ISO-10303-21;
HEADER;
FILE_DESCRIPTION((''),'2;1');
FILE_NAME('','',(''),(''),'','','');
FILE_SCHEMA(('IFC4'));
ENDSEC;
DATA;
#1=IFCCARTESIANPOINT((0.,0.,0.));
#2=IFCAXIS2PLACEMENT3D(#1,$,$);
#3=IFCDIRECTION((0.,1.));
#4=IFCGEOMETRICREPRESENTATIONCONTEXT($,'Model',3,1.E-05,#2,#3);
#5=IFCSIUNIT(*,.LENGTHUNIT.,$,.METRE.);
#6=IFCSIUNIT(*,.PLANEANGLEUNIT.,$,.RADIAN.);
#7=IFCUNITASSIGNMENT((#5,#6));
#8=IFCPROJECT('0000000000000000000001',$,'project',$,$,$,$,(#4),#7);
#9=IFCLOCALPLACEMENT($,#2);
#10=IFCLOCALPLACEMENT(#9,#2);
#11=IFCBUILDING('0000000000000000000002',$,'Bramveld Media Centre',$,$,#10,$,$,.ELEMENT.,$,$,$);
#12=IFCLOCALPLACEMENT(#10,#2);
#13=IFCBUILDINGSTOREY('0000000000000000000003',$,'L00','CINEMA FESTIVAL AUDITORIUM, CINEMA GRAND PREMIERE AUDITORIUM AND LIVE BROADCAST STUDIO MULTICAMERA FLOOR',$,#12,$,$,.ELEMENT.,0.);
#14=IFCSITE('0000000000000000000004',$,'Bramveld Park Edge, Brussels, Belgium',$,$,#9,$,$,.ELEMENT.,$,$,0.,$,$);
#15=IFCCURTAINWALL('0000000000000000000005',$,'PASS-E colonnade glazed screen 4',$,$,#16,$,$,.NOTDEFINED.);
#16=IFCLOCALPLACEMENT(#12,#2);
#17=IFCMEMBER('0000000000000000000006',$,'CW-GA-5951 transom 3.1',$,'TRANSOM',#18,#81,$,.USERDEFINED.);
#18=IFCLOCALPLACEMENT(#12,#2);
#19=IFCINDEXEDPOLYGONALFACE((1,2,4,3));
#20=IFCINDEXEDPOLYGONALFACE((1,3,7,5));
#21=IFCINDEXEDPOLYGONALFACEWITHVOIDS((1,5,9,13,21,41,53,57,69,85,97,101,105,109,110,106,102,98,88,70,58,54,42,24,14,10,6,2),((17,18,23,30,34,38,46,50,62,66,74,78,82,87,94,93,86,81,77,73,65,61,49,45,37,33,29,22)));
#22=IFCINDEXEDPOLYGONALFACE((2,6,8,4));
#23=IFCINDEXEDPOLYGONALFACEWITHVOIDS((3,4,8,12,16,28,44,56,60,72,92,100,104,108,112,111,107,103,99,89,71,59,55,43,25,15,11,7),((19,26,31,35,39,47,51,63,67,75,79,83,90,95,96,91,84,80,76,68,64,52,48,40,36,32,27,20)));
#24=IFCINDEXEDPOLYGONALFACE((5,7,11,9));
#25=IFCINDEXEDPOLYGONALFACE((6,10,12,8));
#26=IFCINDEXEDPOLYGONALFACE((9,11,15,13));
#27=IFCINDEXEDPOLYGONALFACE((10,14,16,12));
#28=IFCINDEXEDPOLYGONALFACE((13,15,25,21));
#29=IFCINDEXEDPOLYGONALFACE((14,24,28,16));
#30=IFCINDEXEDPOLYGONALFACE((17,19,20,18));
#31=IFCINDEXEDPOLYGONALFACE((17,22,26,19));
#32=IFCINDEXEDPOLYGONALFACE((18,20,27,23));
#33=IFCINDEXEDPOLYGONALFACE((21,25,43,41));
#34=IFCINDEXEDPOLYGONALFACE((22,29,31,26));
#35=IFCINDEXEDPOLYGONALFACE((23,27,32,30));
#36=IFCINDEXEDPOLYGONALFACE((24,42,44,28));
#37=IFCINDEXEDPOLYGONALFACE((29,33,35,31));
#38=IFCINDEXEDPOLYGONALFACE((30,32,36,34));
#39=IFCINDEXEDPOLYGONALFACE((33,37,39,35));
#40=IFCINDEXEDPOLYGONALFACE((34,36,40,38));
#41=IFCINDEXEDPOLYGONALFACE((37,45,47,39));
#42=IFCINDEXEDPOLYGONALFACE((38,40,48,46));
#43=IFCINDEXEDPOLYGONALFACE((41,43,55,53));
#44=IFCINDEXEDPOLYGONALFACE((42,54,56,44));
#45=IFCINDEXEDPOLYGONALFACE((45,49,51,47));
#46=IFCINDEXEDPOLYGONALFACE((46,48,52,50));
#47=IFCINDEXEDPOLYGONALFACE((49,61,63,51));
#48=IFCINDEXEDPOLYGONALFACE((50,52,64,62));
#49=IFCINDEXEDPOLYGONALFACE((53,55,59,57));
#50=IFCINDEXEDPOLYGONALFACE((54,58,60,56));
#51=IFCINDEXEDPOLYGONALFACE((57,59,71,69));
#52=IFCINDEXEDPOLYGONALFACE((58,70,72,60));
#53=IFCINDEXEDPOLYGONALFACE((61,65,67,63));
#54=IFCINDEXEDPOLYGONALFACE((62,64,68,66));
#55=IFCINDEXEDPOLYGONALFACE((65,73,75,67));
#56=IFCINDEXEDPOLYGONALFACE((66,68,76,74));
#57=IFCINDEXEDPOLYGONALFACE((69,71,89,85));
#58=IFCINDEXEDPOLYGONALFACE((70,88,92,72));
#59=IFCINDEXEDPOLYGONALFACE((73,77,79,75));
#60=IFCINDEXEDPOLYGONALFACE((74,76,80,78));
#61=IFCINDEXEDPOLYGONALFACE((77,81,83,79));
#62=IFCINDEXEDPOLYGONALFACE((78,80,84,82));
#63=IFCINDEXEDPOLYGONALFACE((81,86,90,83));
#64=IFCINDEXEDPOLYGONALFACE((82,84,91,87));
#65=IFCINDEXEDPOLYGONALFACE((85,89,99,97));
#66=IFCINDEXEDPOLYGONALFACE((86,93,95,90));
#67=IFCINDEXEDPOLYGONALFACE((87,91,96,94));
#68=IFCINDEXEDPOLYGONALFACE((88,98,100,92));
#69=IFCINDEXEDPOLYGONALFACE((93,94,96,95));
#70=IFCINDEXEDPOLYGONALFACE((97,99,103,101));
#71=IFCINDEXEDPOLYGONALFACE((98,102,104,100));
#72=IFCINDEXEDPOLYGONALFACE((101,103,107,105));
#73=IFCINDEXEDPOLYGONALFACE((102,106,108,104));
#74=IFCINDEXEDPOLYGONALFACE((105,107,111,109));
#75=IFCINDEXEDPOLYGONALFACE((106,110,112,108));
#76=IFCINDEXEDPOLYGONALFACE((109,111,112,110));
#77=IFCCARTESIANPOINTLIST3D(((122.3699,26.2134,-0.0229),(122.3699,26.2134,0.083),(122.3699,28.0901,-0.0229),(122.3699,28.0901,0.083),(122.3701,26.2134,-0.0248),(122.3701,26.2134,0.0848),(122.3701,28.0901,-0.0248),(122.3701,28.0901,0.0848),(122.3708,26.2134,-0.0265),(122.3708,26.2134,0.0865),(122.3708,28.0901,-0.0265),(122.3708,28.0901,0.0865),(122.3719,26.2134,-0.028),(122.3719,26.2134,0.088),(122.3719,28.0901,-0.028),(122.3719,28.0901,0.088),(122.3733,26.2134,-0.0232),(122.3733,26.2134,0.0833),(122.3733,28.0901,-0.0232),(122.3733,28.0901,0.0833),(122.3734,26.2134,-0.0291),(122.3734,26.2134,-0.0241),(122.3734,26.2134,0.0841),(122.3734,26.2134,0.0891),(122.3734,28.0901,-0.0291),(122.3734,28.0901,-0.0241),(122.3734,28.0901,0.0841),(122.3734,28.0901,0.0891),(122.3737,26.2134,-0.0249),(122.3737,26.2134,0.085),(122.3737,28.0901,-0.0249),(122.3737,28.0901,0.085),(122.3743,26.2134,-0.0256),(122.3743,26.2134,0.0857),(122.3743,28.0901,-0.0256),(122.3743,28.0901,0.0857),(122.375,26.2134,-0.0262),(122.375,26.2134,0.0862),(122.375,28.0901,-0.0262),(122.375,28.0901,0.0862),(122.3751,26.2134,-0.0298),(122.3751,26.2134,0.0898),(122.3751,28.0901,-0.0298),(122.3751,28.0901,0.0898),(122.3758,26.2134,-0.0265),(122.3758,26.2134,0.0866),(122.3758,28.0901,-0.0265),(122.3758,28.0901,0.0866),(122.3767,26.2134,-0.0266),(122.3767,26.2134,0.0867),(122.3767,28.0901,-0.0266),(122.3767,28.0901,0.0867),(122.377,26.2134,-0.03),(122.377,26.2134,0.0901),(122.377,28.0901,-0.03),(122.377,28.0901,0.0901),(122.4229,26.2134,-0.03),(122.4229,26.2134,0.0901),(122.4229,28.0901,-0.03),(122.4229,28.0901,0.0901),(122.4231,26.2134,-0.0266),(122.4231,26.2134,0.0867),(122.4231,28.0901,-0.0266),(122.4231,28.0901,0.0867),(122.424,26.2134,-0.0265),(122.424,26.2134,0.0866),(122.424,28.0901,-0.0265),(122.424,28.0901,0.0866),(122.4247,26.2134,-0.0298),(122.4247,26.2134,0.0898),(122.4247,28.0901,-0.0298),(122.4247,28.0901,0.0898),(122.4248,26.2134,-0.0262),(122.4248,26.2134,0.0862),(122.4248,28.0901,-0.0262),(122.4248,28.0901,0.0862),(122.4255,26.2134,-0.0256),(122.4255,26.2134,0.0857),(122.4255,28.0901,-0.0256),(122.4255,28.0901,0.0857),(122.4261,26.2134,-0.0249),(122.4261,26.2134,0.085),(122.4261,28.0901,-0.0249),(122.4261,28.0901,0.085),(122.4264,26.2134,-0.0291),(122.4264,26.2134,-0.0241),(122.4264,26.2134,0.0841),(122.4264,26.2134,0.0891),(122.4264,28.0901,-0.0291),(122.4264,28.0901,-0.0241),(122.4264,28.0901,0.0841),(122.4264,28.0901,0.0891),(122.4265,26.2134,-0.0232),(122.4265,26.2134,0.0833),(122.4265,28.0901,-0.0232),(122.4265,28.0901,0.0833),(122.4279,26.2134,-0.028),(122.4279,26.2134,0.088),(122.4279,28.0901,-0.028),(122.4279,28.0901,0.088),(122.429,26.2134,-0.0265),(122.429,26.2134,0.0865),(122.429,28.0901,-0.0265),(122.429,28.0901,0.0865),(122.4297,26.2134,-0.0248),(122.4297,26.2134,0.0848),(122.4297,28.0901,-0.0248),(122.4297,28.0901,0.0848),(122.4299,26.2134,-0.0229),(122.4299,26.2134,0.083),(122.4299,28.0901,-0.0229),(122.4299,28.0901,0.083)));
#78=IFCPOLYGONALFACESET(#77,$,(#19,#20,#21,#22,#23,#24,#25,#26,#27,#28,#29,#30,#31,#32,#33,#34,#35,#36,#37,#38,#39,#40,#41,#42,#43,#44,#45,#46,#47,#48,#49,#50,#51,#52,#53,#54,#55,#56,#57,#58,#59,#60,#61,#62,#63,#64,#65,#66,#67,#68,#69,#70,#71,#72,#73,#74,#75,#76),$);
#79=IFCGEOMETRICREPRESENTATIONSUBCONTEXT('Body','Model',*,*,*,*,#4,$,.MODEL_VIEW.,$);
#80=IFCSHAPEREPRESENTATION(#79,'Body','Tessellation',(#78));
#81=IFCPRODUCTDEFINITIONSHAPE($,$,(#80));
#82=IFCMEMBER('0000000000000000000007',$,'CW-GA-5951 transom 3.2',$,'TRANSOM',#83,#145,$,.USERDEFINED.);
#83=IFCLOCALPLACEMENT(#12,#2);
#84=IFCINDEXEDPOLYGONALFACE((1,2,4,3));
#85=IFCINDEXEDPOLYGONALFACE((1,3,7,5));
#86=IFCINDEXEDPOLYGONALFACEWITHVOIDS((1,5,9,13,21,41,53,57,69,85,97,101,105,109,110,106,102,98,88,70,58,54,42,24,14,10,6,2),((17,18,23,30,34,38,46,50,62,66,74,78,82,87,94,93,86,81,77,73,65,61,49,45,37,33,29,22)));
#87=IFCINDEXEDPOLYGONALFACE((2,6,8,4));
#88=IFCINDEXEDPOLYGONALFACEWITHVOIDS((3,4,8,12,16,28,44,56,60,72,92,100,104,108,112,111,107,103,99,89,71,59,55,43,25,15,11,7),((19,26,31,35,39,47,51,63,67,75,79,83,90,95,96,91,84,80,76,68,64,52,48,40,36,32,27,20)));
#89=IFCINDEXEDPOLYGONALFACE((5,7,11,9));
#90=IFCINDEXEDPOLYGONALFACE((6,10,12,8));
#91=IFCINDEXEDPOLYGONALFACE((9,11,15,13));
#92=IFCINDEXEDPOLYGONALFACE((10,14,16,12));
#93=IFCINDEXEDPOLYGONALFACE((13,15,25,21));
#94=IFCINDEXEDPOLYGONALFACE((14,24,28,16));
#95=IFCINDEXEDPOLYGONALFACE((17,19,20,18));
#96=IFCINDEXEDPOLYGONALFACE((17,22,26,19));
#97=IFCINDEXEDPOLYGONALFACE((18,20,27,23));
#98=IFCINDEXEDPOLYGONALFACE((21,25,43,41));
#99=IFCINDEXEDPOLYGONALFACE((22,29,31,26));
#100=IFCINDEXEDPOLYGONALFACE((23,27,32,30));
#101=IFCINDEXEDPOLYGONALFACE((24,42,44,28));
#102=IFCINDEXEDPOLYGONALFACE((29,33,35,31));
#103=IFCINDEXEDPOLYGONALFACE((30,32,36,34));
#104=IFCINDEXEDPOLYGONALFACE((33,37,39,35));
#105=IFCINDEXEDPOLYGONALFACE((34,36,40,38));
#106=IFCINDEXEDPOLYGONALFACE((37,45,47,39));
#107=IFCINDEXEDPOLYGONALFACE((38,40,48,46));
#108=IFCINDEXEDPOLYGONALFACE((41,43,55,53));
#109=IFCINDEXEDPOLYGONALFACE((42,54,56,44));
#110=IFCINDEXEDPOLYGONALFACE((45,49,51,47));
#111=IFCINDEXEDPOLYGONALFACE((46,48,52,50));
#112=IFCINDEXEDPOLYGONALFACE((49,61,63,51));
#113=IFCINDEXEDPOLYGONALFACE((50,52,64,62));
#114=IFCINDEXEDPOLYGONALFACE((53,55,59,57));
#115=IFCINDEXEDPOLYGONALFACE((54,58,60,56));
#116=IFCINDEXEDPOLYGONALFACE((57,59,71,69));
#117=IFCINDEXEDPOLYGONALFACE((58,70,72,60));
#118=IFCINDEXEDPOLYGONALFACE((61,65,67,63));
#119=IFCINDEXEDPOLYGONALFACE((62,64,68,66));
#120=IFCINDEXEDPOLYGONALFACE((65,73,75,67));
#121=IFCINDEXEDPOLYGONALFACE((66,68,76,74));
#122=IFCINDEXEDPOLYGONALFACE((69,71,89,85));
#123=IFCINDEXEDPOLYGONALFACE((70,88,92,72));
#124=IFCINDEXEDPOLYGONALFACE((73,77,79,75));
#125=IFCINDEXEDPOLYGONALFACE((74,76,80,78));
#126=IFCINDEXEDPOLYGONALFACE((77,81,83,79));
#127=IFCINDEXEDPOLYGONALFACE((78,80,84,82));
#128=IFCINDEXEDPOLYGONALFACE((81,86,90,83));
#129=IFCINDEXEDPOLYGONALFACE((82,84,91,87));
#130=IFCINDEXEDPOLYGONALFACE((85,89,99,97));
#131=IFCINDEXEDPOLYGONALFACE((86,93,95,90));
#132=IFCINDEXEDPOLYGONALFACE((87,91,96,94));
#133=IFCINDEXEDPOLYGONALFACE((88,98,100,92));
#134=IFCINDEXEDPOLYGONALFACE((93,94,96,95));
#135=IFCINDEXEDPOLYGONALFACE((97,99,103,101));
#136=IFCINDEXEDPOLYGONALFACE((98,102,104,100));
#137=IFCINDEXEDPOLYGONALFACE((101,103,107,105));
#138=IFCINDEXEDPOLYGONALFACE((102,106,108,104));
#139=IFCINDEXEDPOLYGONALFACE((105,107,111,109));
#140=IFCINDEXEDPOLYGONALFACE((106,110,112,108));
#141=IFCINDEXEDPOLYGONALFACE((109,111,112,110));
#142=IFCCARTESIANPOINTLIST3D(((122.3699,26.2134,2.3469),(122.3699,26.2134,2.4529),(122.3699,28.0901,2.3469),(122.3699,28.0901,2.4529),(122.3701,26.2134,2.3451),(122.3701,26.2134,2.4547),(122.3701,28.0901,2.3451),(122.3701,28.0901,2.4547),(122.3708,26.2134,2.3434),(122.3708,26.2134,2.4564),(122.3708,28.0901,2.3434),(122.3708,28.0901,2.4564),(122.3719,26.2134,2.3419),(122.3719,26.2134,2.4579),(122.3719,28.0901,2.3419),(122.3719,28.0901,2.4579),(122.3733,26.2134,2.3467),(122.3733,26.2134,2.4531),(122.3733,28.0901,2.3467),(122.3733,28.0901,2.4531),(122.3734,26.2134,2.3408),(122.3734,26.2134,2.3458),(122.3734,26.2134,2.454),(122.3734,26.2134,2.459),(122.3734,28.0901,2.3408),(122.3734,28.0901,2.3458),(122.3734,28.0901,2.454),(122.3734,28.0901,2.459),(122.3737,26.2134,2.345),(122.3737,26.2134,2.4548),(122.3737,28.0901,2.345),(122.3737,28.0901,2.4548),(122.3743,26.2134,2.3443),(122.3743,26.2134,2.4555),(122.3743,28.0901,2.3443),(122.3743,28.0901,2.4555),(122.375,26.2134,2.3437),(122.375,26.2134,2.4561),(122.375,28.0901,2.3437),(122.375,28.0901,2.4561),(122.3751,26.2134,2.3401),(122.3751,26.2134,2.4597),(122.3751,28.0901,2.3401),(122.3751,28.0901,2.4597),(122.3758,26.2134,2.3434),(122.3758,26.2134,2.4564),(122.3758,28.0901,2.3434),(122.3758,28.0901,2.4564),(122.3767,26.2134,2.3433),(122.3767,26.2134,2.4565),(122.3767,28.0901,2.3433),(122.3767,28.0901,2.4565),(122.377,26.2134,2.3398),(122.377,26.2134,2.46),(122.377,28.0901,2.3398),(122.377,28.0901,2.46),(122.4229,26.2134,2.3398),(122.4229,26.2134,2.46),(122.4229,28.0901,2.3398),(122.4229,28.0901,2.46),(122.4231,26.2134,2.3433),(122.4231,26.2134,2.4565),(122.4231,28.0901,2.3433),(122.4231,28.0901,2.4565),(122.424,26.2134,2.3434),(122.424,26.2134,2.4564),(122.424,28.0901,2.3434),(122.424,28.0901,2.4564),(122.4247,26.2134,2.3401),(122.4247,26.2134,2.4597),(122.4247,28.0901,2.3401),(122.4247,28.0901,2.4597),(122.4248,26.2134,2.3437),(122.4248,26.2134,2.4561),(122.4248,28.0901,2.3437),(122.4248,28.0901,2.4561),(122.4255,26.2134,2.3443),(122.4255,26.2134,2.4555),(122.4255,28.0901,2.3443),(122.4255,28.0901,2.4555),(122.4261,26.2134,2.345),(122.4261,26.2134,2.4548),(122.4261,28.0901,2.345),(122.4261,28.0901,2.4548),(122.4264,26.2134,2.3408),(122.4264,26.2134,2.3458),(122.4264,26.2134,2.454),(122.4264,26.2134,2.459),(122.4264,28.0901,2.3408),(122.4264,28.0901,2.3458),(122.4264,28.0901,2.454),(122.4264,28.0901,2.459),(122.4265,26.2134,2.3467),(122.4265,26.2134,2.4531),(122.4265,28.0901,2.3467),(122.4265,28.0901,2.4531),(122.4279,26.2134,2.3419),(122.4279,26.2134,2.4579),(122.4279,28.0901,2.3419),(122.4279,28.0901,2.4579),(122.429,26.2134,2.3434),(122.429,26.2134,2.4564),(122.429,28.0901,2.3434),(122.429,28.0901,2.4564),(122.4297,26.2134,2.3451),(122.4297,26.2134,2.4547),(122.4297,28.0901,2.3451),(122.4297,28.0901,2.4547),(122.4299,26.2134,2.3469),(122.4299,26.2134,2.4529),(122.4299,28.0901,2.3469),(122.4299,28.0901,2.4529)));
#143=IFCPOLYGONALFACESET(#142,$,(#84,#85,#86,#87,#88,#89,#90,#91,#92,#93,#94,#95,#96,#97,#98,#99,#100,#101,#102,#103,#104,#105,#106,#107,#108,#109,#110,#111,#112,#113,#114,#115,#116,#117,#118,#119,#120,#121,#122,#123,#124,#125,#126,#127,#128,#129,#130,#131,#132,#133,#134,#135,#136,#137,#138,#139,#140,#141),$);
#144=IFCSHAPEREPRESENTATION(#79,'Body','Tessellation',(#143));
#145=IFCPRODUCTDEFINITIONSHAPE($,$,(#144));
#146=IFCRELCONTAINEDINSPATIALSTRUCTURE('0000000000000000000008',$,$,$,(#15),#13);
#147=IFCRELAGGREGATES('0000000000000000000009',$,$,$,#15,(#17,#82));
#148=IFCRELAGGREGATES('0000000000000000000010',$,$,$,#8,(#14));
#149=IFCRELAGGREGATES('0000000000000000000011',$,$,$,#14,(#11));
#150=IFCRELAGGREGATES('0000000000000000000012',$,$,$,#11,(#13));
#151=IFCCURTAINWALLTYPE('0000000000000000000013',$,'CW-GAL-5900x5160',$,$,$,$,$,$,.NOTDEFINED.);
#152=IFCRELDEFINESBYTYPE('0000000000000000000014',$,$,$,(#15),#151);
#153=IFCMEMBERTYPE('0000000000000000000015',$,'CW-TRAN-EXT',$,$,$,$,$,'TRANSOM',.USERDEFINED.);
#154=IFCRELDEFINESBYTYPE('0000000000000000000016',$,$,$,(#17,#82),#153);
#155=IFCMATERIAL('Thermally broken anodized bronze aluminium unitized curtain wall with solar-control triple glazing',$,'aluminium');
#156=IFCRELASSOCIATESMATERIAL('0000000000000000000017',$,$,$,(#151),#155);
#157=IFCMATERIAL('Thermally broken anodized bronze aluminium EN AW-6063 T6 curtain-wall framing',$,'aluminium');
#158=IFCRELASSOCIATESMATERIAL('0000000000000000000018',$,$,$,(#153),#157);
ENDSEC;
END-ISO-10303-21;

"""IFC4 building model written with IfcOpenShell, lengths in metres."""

from ifc_helpers import new_model, si_unit, direction, frame, origin, origin_2d, place, context, subcontext, project, spatial, hollow_rectangle, extrude, material, material_profile, profile_set, type_object, element, aggregate, save


model = new_model("IFC4")

# Units and contexts
model_context = context("Model", 3, precision=1e-05, world=origin(), true_north=direction((0.0, 1.0)))
body_context = subcontext(model_context, "Body", "Model", "MODEL_VIEW")
ifc_project = project(units=[si_unit("LENGTHUNIT", "METRE"), si_unit("PLANEANGLEUNIT", "RADIAN")], contexts=[model_context])

# Site, building, storey
site_placement = place(None, origin())
site = spatial("IfcSite", under=ifc_project, at=site_placement, Name="Bramveld Park Edge, Brussels, Belgium", CompositionType="ELEMENT", RefElevation=0.0)
building_placement = place(site_placement, origin())
building = spatial("IfcBuilding", under=site, at=building_placement, Name="Bramveld Media Centre", CompositionType="ELEMENT")
storey_placement = place(building_placement, origin())
storey = spatial("IfcBuildingStorey", under=building, at=storey_placement, Name="L00", Description="CINEMA FESTIVAL AUDITORIUM, CINEMA GRAND PREMIERE AUDITORIUM AND LIVE BROADCAST STUDIO MULTICAMERA FLOOR", CompositionType="ELEMENT", Elevation=0.0)

# Shared definitions
ifc_material_1 = material(Name="Thermally broken anodized bronze aluminium unitized curtain wall with solar-control triple glazing", Category="aluminium")
curtain_wall_type = type_object("IfcCurtainWallType", Name="CW-GAL-5900x5160", PredefinedType="NOTDEFINED", material=ifc_material_1)

# Curtain wall, members
curtain_wall_1_placement = place(storey_placement, origin())
curtain_wall_1 = element("IfcCurtainWall", 1, at=curtain_wall_1_placement, inside=storey, type_object=curtain_wall_type, Name="PASS-E colonnade glazed screen 4", PredefinedType="NOTDEFINED")
ifc_material_2 = material(Name="Thermally broken anodized bronze aluminium EN AW-6063 T6 curtain-wall framing", Category="aluminium")
ifc_material_profile_1 = material_profile(ifc_material_2, hollow_rectangle(XDim=0.0601, YDim=0.1201, WallThickness=0.0034, InnerFilletRadius=0.0034, OuterFilletRadius=0.0071, at=origin_2d()), Name="AL-TRAN 60x120")
ifc_profile_set_1 = profile_set([ifc_material_profile_1], Name="Thermally broken anodized bronze aluminium EN AW-6063 T6 curtain-wall framing")
member_type_1 = type_object("IfcMemberType", Name="CW-TRAN-EXT", ElementType="TRANSOM", PredefinedType="USERDEFINED", material=ifc_profile_set_1)
member_1_placement = place(storey_placement, frame((122.3999, 26.2134, 0.03), z_axis=(0.0, 1.0, 0.0), x_axis=(-1.0, 0.0, 0.0)))
member_1 = element("IfcMember", 2, at=member_1_placement, type_object=member_type_1, Name="CW-GA-5951 transom 3.1", ObjectType="TRANSOM", PredefinedType="USERDEFINED", context=body_context, shape_type="SweptSolid", body=[
    extrude(hollow_rectangle(XDim=0.0601, YDim=0.1201, WallThickness=0.0034, InnerFilletRadius=0.0034, OuterFilletRadius=0.0071, at=origin_2d()), origin(), (0.0, 0.0, 1.0), 1.8767),
])
member_2_placement = place(storey_placement, frame((122.3999, 26.2134, 2.3999), z_axis=(0.0, 1.0, 0.0), x_axis=(-1.0, 0.0, 0.0)))
member_2 = element("IfcMember", 3, at=member_2_placement, type_object=member_type_1, Name="CW-GA-5951 transom 3.2", ObjectType="TRANSOM", PredefinedType="USERDEFINED", context=body_context, shape_type="SweptSolid", body=[
    extrude(hollow_rectangle(XDim=0.0601, YDim=0.1201, WallThickness=0.0034, InnerFilletRadius=0.0034, OuterFilletRadius=0.0071, at=origin_2d()), origin(), (0.0, 0.0, 1.0), 1.8767),
])

aggregate(curtain_wall_1, [member_1, member_2])

save(model, "model.ifc")
